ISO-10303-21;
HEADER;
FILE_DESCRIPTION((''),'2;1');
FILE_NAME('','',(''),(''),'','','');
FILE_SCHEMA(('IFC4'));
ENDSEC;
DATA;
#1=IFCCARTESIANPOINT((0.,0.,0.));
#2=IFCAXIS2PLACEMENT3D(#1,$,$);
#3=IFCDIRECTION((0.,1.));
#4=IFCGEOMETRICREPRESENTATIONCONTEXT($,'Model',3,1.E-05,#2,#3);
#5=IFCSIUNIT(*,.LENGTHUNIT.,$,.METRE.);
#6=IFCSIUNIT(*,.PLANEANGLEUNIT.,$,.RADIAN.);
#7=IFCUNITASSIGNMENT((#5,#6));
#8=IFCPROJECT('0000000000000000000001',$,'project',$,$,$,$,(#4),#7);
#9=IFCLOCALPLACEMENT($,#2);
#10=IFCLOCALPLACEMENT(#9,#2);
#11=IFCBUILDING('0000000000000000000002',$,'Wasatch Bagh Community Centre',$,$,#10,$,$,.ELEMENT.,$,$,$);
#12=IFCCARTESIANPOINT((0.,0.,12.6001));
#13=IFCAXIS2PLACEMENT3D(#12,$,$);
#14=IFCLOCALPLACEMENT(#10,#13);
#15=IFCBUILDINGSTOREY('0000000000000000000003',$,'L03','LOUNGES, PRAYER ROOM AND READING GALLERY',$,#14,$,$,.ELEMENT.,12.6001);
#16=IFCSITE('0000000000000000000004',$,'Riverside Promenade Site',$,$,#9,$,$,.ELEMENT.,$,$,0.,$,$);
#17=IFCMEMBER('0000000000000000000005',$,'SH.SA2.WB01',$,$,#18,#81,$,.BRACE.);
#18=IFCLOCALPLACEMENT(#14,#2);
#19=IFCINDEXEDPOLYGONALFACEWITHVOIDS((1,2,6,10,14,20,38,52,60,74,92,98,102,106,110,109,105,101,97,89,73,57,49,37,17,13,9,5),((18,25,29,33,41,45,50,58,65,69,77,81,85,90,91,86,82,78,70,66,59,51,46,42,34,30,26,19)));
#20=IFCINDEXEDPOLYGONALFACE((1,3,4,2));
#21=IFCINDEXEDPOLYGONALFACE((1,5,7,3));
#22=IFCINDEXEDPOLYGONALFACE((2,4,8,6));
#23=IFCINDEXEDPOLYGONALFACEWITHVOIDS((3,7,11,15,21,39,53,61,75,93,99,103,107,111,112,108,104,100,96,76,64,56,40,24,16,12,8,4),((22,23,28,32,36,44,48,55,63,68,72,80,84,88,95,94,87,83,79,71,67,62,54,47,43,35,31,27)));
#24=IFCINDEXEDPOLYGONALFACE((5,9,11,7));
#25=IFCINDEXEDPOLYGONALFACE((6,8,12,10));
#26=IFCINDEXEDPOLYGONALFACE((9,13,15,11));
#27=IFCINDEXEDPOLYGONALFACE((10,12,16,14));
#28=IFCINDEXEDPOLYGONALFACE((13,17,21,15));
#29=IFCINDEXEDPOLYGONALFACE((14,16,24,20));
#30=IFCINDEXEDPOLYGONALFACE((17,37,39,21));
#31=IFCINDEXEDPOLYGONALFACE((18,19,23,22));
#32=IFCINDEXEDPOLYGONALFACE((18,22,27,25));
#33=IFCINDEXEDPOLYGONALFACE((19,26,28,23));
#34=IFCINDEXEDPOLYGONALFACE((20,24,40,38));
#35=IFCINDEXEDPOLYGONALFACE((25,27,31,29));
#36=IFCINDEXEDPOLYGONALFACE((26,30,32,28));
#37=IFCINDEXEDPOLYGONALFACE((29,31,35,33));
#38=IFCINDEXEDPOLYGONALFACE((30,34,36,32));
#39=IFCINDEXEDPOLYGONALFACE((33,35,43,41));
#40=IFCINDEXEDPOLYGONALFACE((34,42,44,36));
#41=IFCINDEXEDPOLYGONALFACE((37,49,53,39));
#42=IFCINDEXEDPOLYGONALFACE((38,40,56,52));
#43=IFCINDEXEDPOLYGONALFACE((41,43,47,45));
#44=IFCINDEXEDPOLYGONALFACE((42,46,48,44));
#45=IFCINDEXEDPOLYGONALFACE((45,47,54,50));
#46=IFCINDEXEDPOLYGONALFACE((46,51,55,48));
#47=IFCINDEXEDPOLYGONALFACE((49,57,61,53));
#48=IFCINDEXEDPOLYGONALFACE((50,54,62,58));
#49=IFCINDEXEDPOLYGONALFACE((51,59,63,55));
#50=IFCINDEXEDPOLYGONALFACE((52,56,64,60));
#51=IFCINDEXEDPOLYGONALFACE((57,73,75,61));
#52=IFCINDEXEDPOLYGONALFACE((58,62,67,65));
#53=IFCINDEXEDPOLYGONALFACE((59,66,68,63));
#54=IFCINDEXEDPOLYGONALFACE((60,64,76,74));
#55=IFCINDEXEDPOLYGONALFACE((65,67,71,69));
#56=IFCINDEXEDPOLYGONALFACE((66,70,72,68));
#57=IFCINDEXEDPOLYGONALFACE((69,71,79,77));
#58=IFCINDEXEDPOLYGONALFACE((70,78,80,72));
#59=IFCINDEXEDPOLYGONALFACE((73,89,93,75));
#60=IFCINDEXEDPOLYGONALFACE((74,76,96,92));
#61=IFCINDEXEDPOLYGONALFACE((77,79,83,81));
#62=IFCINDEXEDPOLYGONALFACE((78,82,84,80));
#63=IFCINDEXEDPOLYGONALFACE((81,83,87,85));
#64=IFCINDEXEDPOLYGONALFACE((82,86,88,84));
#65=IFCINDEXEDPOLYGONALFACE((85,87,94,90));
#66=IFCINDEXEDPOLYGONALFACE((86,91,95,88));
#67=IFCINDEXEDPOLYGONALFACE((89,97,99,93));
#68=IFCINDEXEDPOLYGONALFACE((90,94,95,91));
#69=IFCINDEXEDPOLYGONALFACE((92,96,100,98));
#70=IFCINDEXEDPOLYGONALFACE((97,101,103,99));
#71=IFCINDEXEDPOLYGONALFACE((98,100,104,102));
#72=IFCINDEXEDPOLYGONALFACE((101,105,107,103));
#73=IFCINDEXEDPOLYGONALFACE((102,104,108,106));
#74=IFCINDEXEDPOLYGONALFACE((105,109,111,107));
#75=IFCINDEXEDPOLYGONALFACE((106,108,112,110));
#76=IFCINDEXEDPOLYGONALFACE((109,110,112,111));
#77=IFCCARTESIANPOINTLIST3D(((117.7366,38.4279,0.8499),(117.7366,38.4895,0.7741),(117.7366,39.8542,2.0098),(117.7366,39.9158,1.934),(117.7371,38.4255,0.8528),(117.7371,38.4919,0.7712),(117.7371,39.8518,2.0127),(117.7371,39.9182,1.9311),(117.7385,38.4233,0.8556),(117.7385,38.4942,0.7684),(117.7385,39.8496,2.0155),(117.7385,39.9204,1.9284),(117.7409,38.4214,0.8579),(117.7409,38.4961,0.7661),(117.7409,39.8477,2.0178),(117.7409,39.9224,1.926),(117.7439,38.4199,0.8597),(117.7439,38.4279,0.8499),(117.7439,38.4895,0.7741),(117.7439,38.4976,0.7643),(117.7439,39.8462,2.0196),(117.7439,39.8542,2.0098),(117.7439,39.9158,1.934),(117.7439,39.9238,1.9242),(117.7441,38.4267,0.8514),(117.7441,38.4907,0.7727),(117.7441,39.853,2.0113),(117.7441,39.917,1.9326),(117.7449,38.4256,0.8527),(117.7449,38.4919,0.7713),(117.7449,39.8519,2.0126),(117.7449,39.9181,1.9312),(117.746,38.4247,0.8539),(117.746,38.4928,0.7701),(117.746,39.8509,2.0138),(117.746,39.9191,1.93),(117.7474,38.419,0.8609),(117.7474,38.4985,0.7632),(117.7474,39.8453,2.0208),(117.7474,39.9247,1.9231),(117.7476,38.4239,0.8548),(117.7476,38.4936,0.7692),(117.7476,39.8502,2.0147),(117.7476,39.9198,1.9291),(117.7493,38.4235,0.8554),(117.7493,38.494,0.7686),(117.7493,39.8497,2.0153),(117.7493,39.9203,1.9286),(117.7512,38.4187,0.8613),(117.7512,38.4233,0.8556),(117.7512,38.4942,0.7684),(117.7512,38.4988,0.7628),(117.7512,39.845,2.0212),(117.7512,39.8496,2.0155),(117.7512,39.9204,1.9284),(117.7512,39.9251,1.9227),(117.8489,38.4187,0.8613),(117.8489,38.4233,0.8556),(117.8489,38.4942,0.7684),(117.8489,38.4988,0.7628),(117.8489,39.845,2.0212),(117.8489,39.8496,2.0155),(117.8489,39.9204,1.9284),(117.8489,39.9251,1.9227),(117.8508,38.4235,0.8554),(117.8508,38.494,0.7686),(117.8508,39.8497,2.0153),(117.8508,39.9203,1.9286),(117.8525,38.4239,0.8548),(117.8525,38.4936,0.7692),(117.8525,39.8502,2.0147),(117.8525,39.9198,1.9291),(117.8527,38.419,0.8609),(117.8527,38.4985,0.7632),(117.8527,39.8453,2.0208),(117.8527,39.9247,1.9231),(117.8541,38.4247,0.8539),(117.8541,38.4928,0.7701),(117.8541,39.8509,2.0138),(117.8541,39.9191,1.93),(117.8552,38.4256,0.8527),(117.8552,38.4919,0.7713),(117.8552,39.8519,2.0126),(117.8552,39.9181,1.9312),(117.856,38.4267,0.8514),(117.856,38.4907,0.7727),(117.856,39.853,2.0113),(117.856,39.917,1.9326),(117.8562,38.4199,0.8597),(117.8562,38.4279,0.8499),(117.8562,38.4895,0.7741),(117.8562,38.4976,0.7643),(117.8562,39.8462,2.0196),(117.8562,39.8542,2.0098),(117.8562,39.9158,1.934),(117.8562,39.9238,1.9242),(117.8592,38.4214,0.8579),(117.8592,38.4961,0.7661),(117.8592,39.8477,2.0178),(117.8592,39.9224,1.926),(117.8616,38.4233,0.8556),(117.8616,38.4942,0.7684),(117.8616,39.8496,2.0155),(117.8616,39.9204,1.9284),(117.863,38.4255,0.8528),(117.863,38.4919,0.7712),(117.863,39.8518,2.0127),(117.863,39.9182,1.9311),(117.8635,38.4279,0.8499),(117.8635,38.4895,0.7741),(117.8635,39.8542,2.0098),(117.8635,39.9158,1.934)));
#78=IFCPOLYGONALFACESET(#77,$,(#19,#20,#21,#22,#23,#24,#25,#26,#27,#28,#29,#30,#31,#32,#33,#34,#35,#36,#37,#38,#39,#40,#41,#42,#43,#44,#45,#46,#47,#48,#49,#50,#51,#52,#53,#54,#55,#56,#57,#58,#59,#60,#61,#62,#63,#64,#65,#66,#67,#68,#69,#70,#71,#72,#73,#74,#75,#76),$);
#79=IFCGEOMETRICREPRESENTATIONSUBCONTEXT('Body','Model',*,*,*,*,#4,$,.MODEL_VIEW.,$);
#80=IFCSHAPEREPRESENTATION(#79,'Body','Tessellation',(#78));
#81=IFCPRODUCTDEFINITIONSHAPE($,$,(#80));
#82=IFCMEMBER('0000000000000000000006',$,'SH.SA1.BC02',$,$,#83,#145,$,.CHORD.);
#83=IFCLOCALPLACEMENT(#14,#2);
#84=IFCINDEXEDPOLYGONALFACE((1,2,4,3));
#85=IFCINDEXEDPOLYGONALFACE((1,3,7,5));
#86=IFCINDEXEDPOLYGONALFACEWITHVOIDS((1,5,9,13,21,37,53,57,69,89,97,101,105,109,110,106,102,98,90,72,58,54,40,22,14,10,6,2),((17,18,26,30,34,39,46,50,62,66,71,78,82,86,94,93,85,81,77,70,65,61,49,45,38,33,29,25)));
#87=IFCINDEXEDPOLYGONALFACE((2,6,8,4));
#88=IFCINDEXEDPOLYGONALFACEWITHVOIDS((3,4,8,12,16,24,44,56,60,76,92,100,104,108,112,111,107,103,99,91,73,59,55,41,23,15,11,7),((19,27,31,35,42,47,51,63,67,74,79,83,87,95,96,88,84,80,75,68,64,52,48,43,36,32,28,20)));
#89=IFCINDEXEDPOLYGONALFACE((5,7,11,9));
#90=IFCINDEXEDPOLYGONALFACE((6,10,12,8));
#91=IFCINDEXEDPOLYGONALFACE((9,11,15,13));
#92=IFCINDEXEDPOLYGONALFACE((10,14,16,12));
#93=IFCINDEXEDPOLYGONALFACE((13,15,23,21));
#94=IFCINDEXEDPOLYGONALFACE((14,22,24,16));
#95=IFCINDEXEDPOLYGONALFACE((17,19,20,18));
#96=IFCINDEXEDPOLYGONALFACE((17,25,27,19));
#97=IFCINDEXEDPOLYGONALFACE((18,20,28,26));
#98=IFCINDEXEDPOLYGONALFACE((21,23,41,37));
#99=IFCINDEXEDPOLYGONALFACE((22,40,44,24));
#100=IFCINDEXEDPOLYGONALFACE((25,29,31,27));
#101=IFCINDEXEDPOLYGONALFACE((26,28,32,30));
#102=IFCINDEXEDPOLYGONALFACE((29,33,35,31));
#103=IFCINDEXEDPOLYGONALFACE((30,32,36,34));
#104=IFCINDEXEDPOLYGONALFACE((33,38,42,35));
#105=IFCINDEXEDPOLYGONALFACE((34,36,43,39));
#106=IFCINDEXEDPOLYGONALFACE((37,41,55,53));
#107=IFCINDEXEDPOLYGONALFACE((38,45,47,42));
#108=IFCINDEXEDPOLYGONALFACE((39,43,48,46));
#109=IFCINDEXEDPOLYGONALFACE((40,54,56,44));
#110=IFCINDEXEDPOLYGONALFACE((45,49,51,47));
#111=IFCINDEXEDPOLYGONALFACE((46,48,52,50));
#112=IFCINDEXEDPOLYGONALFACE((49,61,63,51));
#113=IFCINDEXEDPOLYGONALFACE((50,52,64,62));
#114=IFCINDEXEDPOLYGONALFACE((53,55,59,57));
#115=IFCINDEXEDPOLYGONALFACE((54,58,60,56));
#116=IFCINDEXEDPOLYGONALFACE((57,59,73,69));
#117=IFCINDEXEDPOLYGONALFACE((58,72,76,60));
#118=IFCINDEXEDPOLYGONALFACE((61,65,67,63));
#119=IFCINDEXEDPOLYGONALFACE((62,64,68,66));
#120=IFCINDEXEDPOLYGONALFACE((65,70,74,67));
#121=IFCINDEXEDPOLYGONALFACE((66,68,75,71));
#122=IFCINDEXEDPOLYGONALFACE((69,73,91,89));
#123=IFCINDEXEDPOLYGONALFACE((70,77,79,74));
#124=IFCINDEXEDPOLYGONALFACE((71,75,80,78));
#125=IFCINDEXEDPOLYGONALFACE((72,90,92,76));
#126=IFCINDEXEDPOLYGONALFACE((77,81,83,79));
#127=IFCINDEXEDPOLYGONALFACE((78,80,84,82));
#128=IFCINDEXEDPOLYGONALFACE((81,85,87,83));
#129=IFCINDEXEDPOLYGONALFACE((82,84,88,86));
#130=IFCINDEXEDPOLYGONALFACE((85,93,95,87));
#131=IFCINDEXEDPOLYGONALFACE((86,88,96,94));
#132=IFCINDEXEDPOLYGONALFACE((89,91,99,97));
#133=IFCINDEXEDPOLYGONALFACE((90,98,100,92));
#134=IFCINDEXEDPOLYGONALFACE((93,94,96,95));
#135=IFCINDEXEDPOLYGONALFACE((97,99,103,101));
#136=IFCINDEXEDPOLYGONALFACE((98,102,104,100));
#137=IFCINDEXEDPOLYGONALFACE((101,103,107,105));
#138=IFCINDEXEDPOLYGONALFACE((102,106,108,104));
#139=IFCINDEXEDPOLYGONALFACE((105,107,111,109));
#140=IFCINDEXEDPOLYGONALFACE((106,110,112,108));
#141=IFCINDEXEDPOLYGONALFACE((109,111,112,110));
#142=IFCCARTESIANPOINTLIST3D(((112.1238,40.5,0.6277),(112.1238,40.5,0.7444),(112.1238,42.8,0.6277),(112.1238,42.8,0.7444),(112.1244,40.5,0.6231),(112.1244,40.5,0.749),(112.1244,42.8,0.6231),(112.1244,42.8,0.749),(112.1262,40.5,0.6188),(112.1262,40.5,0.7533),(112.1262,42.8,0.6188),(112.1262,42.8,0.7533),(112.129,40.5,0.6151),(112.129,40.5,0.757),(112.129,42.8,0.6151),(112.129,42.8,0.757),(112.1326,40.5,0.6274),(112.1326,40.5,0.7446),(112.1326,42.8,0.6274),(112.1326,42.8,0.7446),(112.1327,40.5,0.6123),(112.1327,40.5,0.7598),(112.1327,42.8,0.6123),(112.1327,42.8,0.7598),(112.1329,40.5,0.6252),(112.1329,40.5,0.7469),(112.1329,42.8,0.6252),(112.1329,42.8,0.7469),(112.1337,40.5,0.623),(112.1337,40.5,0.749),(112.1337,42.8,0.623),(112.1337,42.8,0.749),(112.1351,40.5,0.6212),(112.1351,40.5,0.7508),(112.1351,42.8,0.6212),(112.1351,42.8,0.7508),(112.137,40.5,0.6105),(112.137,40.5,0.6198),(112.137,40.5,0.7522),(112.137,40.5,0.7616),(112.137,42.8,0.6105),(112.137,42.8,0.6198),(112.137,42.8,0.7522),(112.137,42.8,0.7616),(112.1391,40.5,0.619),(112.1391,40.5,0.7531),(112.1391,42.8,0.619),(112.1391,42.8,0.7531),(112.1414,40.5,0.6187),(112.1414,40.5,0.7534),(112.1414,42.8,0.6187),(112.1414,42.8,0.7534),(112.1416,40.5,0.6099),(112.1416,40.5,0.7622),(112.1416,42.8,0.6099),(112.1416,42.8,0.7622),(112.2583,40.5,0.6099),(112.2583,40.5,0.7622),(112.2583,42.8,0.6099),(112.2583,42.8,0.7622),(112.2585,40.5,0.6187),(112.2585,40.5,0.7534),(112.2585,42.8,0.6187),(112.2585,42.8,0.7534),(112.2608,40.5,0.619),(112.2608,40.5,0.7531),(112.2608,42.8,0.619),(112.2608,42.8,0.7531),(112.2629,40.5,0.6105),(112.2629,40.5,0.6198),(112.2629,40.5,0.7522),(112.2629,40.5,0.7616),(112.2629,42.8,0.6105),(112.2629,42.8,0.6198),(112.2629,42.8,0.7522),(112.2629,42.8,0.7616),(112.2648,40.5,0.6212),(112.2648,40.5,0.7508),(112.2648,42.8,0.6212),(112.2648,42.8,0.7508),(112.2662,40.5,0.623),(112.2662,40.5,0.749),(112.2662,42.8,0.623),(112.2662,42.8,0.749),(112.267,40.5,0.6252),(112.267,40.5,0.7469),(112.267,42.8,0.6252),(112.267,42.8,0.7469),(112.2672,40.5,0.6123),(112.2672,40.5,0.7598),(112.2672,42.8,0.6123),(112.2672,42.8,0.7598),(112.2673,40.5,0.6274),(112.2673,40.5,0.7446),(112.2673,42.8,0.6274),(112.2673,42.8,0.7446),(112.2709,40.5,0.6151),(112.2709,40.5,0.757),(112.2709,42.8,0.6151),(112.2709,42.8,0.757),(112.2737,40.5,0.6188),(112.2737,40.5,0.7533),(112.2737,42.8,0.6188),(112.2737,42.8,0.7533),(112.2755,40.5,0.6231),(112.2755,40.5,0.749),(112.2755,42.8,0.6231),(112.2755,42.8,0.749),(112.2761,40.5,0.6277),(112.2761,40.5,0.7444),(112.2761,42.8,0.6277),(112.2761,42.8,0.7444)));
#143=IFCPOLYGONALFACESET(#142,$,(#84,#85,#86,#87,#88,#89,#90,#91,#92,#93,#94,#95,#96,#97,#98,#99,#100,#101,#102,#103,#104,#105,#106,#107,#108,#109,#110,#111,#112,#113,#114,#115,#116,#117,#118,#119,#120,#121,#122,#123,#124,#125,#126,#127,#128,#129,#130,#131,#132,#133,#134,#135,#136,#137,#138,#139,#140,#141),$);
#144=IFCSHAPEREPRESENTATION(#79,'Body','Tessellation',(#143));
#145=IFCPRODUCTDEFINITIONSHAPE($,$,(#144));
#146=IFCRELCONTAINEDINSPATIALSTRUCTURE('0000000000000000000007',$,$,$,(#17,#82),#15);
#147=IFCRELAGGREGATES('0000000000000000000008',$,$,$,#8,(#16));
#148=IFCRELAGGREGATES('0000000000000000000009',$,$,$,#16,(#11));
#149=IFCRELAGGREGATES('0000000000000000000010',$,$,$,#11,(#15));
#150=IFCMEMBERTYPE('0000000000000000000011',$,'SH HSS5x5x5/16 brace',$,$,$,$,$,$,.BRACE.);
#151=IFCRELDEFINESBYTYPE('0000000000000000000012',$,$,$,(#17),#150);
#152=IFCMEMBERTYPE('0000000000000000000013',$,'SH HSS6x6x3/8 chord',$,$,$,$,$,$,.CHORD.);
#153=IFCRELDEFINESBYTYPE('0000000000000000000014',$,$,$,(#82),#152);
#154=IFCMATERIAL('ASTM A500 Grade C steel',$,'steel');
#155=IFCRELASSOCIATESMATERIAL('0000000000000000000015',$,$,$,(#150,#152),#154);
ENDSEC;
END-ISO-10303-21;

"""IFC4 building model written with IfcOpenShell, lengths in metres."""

from ifc_helpers import new_model, si_unit, direction, frame, origin, origin_2d, place, context, subcontext, project, spatial, hollow_rectangle, extrude, material, material_profile, profile_set, type_object, element, save


model = new_model("IFC4")

# Units and contexts
model_context = context("Model", 3, precision=1e-05, world=origin(), true_north=direction((0.0, 1.0)))
body_context = subcontext(model_context, "Body", "Model", "MODEL_VIEW")
ifc_project = project(units=[si_unit("LENGTHUNIT", "METRE"), si_unit("PLANEANGLEUNIT", "RADIAN")], contexts=[model_context])

# Site, building, storey
site_placement = place(None, origin())
site = spatial("IfcSite", under=ifc_project, at=site_placement, Name="Riverside Promenade Site", CompositionType="ELEMENT", RefElevation=0.0)
building_placement = place(site_placement, origin())
building = spatial("IfcBuilding", under=site, at=building_placement, Name="Wasatch Bagh Community Centre", CompositionType="ELEMENT")
storey_placement = place(building_placement, frame((0.0, 0.0, 12.6001)))
storey = spatial("IfcBuildingStorey", under=building, at=storey_placement, Name="L03", Description="LOUNGES, PRAYER ROOM AND READING GALLERY", CompositionType="ELEMENT", Elevation=12.6001)

# Members
ifc_material_1 = material(Name="ASTM A500 Grade C steel", Category="steel")
ifc_material_profile_1 = material_profile(ifc_material_1, hollow_rectangle(XDim=0.127, YDim=0.127, WallThickness=0.0073, InnerFilletRadius=0.0073, OuterFilletRadius=0.0146, at=origin_2d()), Name="HSS5x5x5/16")
ifc_profile_set_1 = profile_set([ifc_material_profile_1], Name="ASTM A500 Grade C steel")
member_type_1 = type_object("IfcMemberType", Name="SH HSS5x5x5/16 brace", PredefinedType="BRACE", material=ifc_profile_set_1)
member_1_placement = place(storey_placement, frame((117.8, 38.4587, 0.812), z_axis=(0.0, 0.77583, 0.630943), x_axis=(-1.0, 0.0, 0.0)))
element("IfcMember", 1, at=member_1_placement, inside=storey, type_object=member_type_1, Name="SH.SA2.WB01", PredefinedType="BRACE", context=body_context, shape_type="SweptSolid", body=[
    extrude(hollow_rectangle(XDim=0.127, YDim=0.127, WallThickness=0.0073, InnerFilletRadius=0.0073, OuterFilletRadius=0.0146, at=origin_2d()), origin(), (0.0, 0.0, 1.0), 1.8384),
])
ifc_material_profile_2 = material_profile(ifc_material_1, hollow_rectangle(XDim=0.1523, YDim=0.1523, WallThickness=0.0088, InnerFilletRadius=0.0088, OuterFilletRadius=0.0178, at=origin_2d()), Name="HSS6x6x3/8")
ifc_profile_set_2 = profile_set([ifc_material_profile_2], Name="ASTM A500 Grade C steel")
member_type_2 = type_object("IfcMemberType", Name="SH HSS6x6x3/8 chord", PredefinedType="CHORD", material=ifc_profile_set_2)
for number, where, z_axis, x_axis, name in (
    (2, (112.2, 40.5, 0.686), (0.0, 1.0, 0.0), (-1.0, 0.0, 0.0), "SH.SA1.BC02"),
):
    element("IfcMember", number, at=place(storey_placement, frame(where, z_axis=z_axis, x_axis=x_axis)), inside=storey, type_object=member_type_2, Name=name, PredefinedType="CHORD", context=body_context, shape_type="SweptSolid", body=[
        extrude(hollow_rectangle(XDim=0.1523, YDim=0.1523, WallThickness=0.0088, InnerFilletRadius=0.0088, OuterFilletRadius=0.0178, at=origin_2d()), origin(), (0.0, 0.0, 1.0), 2.3),
    ])

save(model, "model.ifc")
